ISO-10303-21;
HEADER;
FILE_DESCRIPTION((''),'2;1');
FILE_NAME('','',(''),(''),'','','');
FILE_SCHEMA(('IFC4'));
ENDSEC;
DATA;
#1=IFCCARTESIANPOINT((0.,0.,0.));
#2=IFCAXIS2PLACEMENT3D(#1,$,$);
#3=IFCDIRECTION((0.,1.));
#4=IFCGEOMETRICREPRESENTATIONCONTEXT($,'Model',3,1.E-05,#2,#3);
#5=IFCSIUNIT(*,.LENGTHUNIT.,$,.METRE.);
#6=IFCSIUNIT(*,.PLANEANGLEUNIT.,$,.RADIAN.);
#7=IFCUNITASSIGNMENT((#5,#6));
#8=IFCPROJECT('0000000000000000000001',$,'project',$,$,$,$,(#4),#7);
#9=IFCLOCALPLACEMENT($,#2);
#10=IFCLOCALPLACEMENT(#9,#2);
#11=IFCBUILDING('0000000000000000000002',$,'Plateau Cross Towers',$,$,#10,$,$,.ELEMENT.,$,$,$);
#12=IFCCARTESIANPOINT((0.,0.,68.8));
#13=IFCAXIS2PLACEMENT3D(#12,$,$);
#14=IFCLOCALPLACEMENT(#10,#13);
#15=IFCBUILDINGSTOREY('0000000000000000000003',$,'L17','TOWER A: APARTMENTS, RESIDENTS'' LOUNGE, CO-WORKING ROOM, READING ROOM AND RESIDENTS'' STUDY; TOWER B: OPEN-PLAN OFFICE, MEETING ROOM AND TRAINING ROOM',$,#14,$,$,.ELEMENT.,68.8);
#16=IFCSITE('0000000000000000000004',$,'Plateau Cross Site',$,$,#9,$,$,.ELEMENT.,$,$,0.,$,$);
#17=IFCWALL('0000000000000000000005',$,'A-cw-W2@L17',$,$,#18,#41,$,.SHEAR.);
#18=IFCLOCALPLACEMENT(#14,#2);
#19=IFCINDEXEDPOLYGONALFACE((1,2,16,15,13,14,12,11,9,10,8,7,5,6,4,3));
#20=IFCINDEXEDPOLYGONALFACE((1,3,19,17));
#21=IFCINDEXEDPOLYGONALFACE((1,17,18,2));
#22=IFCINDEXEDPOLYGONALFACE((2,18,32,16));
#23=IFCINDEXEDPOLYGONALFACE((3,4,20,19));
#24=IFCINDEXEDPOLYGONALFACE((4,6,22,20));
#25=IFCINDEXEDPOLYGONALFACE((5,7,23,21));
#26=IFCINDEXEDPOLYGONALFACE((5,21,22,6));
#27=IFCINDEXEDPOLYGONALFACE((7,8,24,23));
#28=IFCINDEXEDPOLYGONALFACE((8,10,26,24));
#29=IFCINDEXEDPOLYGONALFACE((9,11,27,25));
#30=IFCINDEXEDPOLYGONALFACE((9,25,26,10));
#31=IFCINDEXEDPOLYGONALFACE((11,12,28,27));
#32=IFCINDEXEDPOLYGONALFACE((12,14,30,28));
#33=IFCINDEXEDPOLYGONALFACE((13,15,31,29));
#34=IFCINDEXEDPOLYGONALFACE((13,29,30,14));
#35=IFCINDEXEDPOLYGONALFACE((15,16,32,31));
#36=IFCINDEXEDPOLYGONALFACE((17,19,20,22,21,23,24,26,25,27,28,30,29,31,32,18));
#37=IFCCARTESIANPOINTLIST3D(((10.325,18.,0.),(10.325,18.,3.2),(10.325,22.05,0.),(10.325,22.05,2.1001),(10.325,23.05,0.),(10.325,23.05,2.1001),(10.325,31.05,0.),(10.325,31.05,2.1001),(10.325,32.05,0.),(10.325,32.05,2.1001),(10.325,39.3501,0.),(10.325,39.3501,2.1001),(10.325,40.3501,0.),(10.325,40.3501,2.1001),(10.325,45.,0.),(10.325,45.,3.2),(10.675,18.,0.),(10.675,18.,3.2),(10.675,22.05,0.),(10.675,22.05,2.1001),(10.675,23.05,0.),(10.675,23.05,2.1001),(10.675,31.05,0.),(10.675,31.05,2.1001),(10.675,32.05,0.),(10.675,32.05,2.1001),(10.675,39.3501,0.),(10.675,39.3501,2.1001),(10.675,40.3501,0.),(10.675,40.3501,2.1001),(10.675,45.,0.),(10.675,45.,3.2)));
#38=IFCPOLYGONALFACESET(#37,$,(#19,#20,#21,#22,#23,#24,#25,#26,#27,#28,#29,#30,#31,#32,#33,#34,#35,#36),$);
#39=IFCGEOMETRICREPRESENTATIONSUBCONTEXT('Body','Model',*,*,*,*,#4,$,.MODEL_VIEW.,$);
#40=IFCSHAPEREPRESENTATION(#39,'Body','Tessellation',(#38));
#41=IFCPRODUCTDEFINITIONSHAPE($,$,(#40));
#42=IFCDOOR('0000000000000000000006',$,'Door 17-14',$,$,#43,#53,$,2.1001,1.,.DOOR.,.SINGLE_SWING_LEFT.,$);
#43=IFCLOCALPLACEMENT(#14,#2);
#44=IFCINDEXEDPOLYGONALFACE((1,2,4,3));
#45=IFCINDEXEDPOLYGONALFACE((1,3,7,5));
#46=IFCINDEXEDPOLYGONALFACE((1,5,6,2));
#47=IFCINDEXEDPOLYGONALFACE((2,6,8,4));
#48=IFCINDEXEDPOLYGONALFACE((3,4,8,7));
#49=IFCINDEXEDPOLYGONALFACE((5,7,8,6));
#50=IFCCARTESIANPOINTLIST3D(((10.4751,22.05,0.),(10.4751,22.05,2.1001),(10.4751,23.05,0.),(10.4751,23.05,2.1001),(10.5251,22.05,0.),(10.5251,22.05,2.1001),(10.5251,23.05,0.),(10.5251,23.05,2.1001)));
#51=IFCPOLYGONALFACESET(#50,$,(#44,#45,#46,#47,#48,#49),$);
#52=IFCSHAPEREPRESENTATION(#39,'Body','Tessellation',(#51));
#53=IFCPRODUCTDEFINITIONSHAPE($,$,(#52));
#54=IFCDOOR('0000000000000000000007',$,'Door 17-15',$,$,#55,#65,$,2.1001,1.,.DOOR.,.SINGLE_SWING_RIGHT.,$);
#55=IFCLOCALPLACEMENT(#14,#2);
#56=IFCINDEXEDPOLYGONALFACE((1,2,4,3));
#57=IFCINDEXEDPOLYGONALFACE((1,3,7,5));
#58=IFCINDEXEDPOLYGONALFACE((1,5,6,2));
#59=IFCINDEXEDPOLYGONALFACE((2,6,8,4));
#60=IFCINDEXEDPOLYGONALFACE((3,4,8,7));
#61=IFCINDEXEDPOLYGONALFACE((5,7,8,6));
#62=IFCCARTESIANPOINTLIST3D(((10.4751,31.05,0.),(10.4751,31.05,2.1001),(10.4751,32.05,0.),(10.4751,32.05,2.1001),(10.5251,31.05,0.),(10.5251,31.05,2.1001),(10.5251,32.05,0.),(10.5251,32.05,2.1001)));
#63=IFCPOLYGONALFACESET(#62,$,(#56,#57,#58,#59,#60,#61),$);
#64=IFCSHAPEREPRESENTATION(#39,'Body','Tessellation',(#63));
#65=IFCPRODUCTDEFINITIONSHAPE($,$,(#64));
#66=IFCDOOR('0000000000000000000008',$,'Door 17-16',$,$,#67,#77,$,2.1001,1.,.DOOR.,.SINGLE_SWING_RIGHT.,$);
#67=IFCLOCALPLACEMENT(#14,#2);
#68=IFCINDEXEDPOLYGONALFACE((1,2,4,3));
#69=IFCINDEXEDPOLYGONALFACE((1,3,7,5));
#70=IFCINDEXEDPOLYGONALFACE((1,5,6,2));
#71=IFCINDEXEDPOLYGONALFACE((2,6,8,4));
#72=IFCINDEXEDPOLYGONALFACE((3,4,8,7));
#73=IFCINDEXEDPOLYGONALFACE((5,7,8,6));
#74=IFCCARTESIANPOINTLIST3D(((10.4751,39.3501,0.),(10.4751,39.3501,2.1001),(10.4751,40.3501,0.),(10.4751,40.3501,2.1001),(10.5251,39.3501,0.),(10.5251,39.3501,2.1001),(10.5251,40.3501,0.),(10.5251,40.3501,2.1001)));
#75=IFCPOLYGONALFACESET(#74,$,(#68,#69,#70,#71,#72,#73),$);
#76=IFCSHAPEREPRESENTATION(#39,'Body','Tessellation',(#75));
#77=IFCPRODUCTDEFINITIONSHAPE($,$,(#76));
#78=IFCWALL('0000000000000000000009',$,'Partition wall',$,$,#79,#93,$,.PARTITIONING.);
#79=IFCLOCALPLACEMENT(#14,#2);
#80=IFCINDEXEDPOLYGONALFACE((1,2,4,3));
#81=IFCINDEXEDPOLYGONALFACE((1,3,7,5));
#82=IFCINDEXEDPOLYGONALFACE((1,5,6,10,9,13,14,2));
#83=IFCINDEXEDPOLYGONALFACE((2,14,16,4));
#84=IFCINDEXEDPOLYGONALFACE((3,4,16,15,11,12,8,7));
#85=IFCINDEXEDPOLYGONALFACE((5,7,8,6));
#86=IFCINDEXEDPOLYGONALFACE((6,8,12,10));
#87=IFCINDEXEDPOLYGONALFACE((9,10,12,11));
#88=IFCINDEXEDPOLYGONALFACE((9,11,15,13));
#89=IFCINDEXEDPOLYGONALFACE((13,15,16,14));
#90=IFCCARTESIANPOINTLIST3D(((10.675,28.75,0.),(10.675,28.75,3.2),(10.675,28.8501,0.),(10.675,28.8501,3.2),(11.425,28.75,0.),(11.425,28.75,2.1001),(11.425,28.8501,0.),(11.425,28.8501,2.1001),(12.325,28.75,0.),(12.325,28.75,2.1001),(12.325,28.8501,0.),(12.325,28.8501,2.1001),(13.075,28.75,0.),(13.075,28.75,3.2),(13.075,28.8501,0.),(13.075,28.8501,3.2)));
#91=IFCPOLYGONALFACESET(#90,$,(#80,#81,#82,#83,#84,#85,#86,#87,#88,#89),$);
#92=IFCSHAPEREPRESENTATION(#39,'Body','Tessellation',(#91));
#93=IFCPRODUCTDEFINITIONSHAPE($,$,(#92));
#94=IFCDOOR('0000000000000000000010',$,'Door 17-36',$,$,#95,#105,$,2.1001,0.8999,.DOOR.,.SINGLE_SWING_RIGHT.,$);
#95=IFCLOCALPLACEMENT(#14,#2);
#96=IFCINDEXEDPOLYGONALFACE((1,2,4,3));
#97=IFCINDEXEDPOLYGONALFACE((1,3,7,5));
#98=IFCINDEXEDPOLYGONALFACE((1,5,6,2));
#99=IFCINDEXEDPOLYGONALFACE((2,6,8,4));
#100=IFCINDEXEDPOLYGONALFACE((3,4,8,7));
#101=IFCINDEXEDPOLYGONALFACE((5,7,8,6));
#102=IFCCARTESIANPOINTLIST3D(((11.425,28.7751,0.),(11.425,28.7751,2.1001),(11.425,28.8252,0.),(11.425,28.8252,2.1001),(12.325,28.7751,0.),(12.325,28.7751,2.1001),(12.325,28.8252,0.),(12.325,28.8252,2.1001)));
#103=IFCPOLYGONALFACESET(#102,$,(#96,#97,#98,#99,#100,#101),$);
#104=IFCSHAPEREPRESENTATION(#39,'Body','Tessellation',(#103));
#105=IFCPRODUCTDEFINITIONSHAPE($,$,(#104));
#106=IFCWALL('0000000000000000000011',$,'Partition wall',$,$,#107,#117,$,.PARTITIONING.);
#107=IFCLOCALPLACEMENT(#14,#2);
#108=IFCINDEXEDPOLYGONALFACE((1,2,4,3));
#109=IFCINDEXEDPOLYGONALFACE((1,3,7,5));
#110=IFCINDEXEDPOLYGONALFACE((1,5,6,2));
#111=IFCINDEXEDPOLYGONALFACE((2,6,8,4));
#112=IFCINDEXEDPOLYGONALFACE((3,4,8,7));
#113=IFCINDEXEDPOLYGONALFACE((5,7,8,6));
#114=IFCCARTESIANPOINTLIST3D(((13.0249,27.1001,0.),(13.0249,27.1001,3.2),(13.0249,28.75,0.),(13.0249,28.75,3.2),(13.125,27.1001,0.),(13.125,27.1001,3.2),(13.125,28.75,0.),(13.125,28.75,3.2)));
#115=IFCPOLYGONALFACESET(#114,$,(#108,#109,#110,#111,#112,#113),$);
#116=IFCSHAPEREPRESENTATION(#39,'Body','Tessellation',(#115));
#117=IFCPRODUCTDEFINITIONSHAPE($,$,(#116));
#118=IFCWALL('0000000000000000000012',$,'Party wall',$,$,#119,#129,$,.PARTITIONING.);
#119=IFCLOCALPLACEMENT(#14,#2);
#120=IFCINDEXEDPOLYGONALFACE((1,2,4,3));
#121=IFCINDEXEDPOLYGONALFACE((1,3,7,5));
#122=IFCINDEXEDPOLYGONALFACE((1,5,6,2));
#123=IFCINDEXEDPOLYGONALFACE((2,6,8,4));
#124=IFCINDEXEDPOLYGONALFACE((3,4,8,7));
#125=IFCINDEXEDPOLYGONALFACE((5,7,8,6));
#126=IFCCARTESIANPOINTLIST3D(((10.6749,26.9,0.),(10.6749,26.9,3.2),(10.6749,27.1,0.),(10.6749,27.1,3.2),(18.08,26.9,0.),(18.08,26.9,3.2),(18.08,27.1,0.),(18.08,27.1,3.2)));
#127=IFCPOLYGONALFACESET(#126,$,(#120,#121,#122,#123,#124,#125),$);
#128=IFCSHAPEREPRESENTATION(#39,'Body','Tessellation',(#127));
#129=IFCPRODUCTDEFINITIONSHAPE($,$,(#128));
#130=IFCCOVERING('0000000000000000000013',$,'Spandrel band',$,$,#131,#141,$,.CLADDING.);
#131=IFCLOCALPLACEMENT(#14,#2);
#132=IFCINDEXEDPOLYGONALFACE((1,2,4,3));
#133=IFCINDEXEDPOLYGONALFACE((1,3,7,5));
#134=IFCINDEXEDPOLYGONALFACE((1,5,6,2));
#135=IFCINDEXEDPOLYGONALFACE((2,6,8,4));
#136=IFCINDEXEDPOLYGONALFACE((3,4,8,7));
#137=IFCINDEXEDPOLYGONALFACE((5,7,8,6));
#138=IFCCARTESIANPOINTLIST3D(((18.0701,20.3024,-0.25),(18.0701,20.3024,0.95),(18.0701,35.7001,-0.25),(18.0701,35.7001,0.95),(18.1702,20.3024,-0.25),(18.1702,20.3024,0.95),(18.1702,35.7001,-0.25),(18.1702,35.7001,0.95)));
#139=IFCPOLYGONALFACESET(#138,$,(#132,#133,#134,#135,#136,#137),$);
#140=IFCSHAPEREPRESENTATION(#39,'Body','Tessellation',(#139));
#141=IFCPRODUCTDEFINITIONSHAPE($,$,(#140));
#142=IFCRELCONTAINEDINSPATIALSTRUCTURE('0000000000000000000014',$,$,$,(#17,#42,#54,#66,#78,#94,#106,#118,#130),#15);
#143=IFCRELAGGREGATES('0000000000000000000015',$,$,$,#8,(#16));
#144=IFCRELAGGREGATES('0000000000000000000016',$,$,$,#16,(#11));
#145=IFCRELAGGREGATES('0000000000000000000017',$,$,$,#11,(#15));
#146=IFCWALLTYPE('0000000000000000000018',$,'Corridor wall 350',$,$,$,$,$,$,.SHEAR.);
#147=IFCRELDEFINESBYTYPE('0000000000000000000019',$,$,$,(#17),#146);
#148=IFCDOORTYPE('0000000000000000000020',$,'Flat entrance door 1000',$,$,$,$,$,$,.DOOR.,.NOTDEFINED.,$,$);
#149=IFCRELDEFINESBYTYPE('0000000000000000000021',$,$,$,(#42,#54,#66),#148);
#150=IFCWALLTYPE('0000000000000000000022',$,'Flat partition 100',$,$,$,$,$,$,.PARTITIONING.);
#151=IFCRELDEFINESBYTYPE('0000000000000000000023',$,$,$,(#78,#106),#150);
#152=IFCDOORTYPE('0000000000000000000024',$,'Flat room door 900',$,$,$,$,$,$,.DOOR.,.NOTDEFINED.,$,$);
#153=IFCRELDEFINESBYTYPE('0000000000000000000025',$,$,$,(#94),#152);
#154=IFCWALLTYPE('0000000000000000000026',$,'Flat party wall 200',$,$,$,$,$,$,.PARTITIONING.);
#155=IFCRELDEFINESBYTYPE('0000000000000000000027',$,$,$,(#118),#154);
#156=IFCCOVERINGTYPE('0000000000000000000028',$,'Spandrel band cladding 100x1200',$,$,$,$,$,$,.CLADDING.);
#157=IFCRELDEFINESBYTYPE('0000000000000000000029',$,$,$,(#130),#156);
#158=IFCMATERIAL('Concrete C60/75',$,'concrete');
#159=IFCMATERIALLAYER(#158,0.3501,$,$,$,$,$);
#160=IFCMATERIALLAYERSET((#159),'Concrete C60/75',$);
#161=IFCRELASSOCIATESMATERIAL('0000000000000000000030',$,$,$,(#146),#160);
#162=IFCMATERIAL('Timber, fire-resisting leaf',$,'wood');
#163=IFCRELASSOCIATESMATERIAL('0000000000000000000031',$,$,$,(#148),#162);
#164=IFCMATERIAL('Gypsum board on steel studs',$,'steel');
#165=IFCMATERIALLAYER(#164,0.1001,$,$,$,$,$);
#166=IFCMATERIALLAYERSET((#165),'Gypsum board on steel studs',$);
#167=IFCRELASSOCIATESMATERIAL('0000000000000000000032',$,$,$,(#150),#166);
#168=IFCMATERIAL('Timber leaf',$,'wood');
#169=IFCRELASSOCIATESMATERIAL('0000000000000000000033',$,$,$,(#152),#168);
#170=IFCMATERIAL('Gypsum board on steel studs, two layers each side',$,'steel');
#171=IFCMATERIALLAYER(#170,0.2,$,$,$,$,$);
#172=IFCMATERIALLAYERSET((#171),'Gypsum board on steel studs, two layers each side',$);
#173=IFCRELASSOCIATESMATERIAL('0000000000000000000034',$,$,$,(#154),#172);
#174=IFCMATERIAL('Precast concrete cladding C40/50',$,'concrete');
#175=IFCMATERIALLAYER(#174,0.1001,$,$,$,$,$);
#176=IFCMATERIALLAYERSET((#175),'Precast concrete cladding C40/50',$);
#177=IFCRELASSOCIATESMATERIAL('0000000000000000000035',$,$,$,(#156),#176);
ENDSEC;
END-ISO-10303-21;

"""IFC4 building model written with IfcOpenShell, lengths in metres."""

from ifc_helpers import new_model, si_unit, direction, frame, frame_2d, origin, origin_2d, place, context, subcontext, project, spatial, rectangle, extrude, material, layer, layer_set, type_object, element, fill, save


model = new_model("IFC4")

# Units and contexts
model_context = context("Model", 3, precision=1e-05, world=origin(), true_north=direction((0.0, 1.0)))
body_context = subcontext(model_context, "Body", "Model", "MODEL_VIEW")
ifc_project = project(units=[si_unit("LENGTHUNIT", "METRE"), si_unit("PLANEANGLEUNIT", "RADIAN")], contexts=[model_context])

# Site, building, storey
site_placement = place(None, origin())
site = spatial("IfcSite", under=ifc_project, at=site_placement, Name="Plateau Cross Site", CompositionType="ELEMENT", RefElevation=0.0)
building_placement = place(site_placement, origin())
building = spatial("IfcBuilding", under=site, at=building_placement, Name="Plateau Cross Towers", CompositionType="ELEMENT")
storey_placement = place(building_placement, frame((0.0, 0.0, 68.8)))
storey = spatial("IfcBuildingStorey", under=building, at=storey_placement, Name="L17", Description="TOWER A: APARTMENTS, RESIDENTS' LOUNGE, CO-WORKING ROOM, READING ROOM AND RESIDENTS' STUDY; TOWER B: OPEN-PLAN OFFICE, MEETING ROOM AND TRAINING ROOM", CompositionType="ELEMENT", Elevation=68.8)

# Shared definitions
ifc_material_1 = material(Name="Concrete C60/75", Category="concrete")

# Wall, openings, doors
ifc_layer_1 = layer(ifc_material_1, 0.3501)
ifc_layer_set_1 = layer_set([ifc_layer_1], Name="Concrete C60/75")
wall_type_1 = type_object("IfcWallType", Name="Corridor wall 350", PredefinedType="SHEAR", material=ifc_layer_set_1)
wall_1_placement = place(storey_placement, frame((10.5, 18.0, 0.0), z_axis=(0.0, 0.0, 1.0), x_axis=(0.0, 1.0, 0.0)))
wall_1 = element("IfcWall", 1, at=wall_1_placement, inside=storey, type_object=wall_type_1, Name="A-cw-W2@L17", PredefinedType="SHEAR", context=body_context, shape_type="SweptSolid", body=[
    extrude(rectangle(XDim=27.0, YDim=0.3501, at=frame_2d((13.5, 0.0))), origin(), (0.0, 0.0, 1.0), 3.2),
])
opening_1_placement = place(wall_1_placement, frame((4.05, 0.0, 0.0)))
opening_1 = element("IfcOpeningElement", 2, at=opening_1_placement, cuts=wall_1, PredefinedType="OPENING", context=body_context, shape_type="SweptSolid", body=[
    extrude(rectangle(XDim=1.0, YDim=2.1001, at=frame_2d((0.5, 1.05))), frame((0.0, 0.1851, 0.0), z_axis=(0.0, -1.0, 0.0), x_axis=(1.0, 0.0, 0.0)), (0.0, 0.0, 1.0), 0.3701),
])
opening_2_placement = place(wall_1_placement, frame((13.05, 0.0, 0.0)))
opening_2 = element("IfcOpeningElement", 3, at=opening_2_placement, cuts=wall_1, PredefinedType="OPENING", context=body_context, shape_type="SweptSolid", body=[
    extrude(rectangle(XDim=1.0, YDim=2.1001, at=frame_2d((0.5, 1.05))), frame((0.0, 0.1851, 0.0), z_axis=(0.0, -1.0, 0.0), x_axis=(1.0, 0.0, 0.0)), (0.0, 0.0, 1.0), 0.3701),
])
opening_3_placement = place(wall_1_placement, frame((21.3501, 0.0, 0.0)))
opening_3 = element("IfcOpeningElement", 4, at=opening_3_placement, cuts=wall_1, PredefinedType="OPENING", context=body_context, shape_type="SweptSolid", body=[
    extrude(rectangle(XDim=1.0, YDim=2.1001, at=frame_2d((0.5, 1.05))), frame((0.0, 0.1851, 0.0), z_axis=(0.0, -1.0, 0.0), x_axis=(1.0, 0.0, 0.0)), (0.0, 0.0, 1.0), 0.3701),
])
ifc_material_2 = material(Name="Timber, fire-resisting leaf", Category="wood")
door_type_1 = type_object("IfcDoorType", Name="Flat entrance door 1000", OperationType="NOTDEFINED", PredefinedType="DOOR", material=ifc_material_2)
door_1_placement = place(opening_1_placement, origin())
door_1 = element("IfcDoor", 5, at=door_1_placement, inside=storey, type_object=door_type_1, Name="Door 17-14", OperationType="SINGLE_SWING_LEFT", OverallHeight=2.1001, OverallWidth=1.0, PredefinedType="DOOR", context=body_context, shape_type="SweptSolid", body=[
    extrude(rectangle(XDim=1.0, YDim=2.1001, at=frame_2d((0.5, 1.05))), frame((0.0, 0.0249, 0.0), z_axis=(0.0, -1.0, 0.0), x_axis=(1.0, 0.0, 0.0)), (0.0, 0.0, 1.0), 0.05),
])
fill(opening_1, door_1)
door_2_placement = place(opening_2_placement, origin())
door_2 = element("IfcDoor", 6, at=door_2_placement, inside=storey, type_object=door_type_1, Name="Door 17-15", OperationType="SINGLE_SWING_RIGHT", OverallHeight=2.1001, OverallWidth=1.0, PredefinedType="DOOR", context=body_context, shape_type="SweptSolid", body=[
    extrude(rectangle(XDim=1.0, YDim=2.1001, at=frame_2d((0.5, 1.05))), frame((0.0, 0.0249, 0.0), z_axis=(0.0, -1.0, 0.0), x_axis=(1.0, 0.0, 0.0)), (0.0, 0.0, 1.0), 0.05),
])
fill(opening_2, door_2)
door_3_placement = place(opening_3_placement, origin())
door_3 = element("IfcDoor", 7, at=door_3_placement, inside=storey, type_object=door_type_1, Name="Door 17-16", OperationType="SINGLE_SWING_RIGHT", OverallHeight=2.1001, OverallWidth=1.0, PredefinedType="DOOR", context=body_context, shape_type="SweptSolid", body=[
    extrude(rectangle(XDim=1.0, YDim=2.1001, at=frame_2d((0.5, 1.05))), frame((0.0, 0.0249, 0.0), z_axis=(0.0, -1.0, 0.0), x_axis=(1.0, 0.0, 0.0)), (0.0, 0.0, 1.0), 0.05),
])
fill(opening_3, door_3)

# Wall, opening, door
ifc_material_3 = material(Name="Gypsum board on steel studs", Category="steel")
ifc_layer_2 = layer(ifc_material_3, 0.1001)
ifc_layer_set_2 = layer_set([ifc_layer_2], Name="Gypsum board on steel studs")
wall_type_2 = type_object("IfcWallType", Name="Flat partition 100", PredefinedType="PARTITIONING", material=ifc_layer_set_2)
wall_2_placement = place(storey_placement, frame((13.075, 28.8, 0.0), z_axis=(0.0, 0.0, 1.0), x_axis=(-1.0, 0.0, 0.0)))
wall_2 = element("IfcWall", 8, at=wall_2_placement, inside=storey, type_object=wall_type_2, Name="Partition wall", PredefinedType="PARTITIONING", context=body_context, shape_type="SweptSolid", body=[
    extrude(rectangle(XDim=2.3999, YDim=0.1001, at=frame_2d((1.2, 0.0))), origin(), (0.0, 0.0, 1.0), 3.2),
])
opening_4_placement = place(wall_2_placement, frame((0.75, 0.0, 0.0)))
opening_4 = element("IfcOpeningElement", 9, at=opening_4_placement, cuts=wall_2, PredefinedType="OPENING", context=body_context, shape_type="SweptSolid", body=[
    extrude(rectangle(XDim=0.8999, YDim=2.1001, at=frame_2d((0.45, 1.05))), frame((0.0, 0.0601, 0.0), z_axis=(0.0, -1.0, 0.0), x_axis=(1.0, 0.0, 0.0)), (0.0, 0.0, 1.0), 0.1201),
])
ifc_material_4 = material(Name="Timber leaf", Category="wood")
door_type_2 = type_object("IfcDoorType", Name="Flat room door 900", OperationType="NOTDEFINED", PredefinedType="DOOR", material=ifc_material_4)
door_4_placement = place(opening_4_placement, origin())
door_4 = element("IfcDoor", 10, at=door_4_placement, inside=storey, type_object=door_type_2, Name="Door 17-36", OperationType="SINGLE_SWING_RIGHT", OverallHeight=2.1001, OverallWidth=0.8999, PredefinedType="DOOR", context=body_context, shape_type="SweptSolid", body=[
    extrude(rectangle(XDim=0.8999, YDim=2.1001, at=frame_2d((0.45, 1.05))), frame((0.0, 0.0249, 0.0), z_axis=(0.0, -1.0, 0.0), x_axis=(1.0, 0.0, 0.0)), (0.0, 0.0, 1.0), 0.05),
])
fill(opening_4, door_4)

# Walls
wall_3_placement = place(storey_placement, frame((13.075, 27.1001, 0.0), z_axis=(0.0, 0.0, 1.0), x_axis=(0.0, 1.0, 0.0)))
element("IfcWall", 11, at=wall_3_placement, inside=storey, type_object=wall_type_2, Name="Partition wall", PredefinedType="PARTITIONING", context=body_context, shape_type="SweptSolid", body=[
    extrude(rectangle(XDim=1.6499, YDim=0.1001, at=frame_2d((0.825, 0.0))), origin(), (0.0, 0.0, 1.0), 3.2),
])
ifc_material_5 = material(Name="Gypsum board on steel studs, two layers each side", Category="steel")
ifc_layer_3 = layer(ifc_material_5, 0.2)
ifc_layer_set_3 = layer_set([ifc_layer_3], Name="Gypsum board on steel studs, two layers each side")
wall_type_3 = type_object("IfcWallType", Name="Flat party wall 200", PredefinedType="PARTITIONING", material=ifc_layer_set_3)
wall_4_placement = place(storey_placement, frame((18.0801, 27.0, 0.0), z_axis=(0.0, 0.0, 1.0), x_axis=(-1.0, 0.0, 0.0)))
element("IfcWall", 12, at=wall_4_placement, inside=storey, type_object=wall_type_3, Name="Party wall", PredefinedType="PARTITIONING", context=body_context, shape_type="SweptSolid", body=[
    extrude(rectangle(XDim=7.405, YDim=0.2, at=frame_2d((3.7026, 0.0))), origin(), (0.0, 0.0, 1.0), 3.2),
])

# Covering
ifc_material_6 = material(Name="Precast concrete cladding C40/50", Category="concrete")
ifc_layer_4 = layer(ifc_material_6, 0.1001)
ifc_layer_set_4 = layer_set([ifc_layer_4], Name="Precast concrete cladding C40/50")
covering_type = type_object("IfcCoveringType", Name="Spandrel band cladding 100x1200", PredefinedType="CLADDING", material=ifc_layer_set_4)
covering_placement = place(storey_placement, frame((18.1201, 28.0012, -0.25), z_axis=(0.0, 0.0, 1.0), x_axis=(0.0, 1.0, 0.0)))
element("IfcCovering", 13, at=covering_placement, inside=storey, type_object=covering_type, Name="Spandrel band", PredefinedType="CLADDING", context=body_context, shape_type="SweptSolid", body=[
    extrude(rectangle(XDim=15.3977, YDim=0.1001, at=origin_2d()), origin(), (0.0, 0.0, 1.0), 1.2),
])

save(model, "model.ifc")
